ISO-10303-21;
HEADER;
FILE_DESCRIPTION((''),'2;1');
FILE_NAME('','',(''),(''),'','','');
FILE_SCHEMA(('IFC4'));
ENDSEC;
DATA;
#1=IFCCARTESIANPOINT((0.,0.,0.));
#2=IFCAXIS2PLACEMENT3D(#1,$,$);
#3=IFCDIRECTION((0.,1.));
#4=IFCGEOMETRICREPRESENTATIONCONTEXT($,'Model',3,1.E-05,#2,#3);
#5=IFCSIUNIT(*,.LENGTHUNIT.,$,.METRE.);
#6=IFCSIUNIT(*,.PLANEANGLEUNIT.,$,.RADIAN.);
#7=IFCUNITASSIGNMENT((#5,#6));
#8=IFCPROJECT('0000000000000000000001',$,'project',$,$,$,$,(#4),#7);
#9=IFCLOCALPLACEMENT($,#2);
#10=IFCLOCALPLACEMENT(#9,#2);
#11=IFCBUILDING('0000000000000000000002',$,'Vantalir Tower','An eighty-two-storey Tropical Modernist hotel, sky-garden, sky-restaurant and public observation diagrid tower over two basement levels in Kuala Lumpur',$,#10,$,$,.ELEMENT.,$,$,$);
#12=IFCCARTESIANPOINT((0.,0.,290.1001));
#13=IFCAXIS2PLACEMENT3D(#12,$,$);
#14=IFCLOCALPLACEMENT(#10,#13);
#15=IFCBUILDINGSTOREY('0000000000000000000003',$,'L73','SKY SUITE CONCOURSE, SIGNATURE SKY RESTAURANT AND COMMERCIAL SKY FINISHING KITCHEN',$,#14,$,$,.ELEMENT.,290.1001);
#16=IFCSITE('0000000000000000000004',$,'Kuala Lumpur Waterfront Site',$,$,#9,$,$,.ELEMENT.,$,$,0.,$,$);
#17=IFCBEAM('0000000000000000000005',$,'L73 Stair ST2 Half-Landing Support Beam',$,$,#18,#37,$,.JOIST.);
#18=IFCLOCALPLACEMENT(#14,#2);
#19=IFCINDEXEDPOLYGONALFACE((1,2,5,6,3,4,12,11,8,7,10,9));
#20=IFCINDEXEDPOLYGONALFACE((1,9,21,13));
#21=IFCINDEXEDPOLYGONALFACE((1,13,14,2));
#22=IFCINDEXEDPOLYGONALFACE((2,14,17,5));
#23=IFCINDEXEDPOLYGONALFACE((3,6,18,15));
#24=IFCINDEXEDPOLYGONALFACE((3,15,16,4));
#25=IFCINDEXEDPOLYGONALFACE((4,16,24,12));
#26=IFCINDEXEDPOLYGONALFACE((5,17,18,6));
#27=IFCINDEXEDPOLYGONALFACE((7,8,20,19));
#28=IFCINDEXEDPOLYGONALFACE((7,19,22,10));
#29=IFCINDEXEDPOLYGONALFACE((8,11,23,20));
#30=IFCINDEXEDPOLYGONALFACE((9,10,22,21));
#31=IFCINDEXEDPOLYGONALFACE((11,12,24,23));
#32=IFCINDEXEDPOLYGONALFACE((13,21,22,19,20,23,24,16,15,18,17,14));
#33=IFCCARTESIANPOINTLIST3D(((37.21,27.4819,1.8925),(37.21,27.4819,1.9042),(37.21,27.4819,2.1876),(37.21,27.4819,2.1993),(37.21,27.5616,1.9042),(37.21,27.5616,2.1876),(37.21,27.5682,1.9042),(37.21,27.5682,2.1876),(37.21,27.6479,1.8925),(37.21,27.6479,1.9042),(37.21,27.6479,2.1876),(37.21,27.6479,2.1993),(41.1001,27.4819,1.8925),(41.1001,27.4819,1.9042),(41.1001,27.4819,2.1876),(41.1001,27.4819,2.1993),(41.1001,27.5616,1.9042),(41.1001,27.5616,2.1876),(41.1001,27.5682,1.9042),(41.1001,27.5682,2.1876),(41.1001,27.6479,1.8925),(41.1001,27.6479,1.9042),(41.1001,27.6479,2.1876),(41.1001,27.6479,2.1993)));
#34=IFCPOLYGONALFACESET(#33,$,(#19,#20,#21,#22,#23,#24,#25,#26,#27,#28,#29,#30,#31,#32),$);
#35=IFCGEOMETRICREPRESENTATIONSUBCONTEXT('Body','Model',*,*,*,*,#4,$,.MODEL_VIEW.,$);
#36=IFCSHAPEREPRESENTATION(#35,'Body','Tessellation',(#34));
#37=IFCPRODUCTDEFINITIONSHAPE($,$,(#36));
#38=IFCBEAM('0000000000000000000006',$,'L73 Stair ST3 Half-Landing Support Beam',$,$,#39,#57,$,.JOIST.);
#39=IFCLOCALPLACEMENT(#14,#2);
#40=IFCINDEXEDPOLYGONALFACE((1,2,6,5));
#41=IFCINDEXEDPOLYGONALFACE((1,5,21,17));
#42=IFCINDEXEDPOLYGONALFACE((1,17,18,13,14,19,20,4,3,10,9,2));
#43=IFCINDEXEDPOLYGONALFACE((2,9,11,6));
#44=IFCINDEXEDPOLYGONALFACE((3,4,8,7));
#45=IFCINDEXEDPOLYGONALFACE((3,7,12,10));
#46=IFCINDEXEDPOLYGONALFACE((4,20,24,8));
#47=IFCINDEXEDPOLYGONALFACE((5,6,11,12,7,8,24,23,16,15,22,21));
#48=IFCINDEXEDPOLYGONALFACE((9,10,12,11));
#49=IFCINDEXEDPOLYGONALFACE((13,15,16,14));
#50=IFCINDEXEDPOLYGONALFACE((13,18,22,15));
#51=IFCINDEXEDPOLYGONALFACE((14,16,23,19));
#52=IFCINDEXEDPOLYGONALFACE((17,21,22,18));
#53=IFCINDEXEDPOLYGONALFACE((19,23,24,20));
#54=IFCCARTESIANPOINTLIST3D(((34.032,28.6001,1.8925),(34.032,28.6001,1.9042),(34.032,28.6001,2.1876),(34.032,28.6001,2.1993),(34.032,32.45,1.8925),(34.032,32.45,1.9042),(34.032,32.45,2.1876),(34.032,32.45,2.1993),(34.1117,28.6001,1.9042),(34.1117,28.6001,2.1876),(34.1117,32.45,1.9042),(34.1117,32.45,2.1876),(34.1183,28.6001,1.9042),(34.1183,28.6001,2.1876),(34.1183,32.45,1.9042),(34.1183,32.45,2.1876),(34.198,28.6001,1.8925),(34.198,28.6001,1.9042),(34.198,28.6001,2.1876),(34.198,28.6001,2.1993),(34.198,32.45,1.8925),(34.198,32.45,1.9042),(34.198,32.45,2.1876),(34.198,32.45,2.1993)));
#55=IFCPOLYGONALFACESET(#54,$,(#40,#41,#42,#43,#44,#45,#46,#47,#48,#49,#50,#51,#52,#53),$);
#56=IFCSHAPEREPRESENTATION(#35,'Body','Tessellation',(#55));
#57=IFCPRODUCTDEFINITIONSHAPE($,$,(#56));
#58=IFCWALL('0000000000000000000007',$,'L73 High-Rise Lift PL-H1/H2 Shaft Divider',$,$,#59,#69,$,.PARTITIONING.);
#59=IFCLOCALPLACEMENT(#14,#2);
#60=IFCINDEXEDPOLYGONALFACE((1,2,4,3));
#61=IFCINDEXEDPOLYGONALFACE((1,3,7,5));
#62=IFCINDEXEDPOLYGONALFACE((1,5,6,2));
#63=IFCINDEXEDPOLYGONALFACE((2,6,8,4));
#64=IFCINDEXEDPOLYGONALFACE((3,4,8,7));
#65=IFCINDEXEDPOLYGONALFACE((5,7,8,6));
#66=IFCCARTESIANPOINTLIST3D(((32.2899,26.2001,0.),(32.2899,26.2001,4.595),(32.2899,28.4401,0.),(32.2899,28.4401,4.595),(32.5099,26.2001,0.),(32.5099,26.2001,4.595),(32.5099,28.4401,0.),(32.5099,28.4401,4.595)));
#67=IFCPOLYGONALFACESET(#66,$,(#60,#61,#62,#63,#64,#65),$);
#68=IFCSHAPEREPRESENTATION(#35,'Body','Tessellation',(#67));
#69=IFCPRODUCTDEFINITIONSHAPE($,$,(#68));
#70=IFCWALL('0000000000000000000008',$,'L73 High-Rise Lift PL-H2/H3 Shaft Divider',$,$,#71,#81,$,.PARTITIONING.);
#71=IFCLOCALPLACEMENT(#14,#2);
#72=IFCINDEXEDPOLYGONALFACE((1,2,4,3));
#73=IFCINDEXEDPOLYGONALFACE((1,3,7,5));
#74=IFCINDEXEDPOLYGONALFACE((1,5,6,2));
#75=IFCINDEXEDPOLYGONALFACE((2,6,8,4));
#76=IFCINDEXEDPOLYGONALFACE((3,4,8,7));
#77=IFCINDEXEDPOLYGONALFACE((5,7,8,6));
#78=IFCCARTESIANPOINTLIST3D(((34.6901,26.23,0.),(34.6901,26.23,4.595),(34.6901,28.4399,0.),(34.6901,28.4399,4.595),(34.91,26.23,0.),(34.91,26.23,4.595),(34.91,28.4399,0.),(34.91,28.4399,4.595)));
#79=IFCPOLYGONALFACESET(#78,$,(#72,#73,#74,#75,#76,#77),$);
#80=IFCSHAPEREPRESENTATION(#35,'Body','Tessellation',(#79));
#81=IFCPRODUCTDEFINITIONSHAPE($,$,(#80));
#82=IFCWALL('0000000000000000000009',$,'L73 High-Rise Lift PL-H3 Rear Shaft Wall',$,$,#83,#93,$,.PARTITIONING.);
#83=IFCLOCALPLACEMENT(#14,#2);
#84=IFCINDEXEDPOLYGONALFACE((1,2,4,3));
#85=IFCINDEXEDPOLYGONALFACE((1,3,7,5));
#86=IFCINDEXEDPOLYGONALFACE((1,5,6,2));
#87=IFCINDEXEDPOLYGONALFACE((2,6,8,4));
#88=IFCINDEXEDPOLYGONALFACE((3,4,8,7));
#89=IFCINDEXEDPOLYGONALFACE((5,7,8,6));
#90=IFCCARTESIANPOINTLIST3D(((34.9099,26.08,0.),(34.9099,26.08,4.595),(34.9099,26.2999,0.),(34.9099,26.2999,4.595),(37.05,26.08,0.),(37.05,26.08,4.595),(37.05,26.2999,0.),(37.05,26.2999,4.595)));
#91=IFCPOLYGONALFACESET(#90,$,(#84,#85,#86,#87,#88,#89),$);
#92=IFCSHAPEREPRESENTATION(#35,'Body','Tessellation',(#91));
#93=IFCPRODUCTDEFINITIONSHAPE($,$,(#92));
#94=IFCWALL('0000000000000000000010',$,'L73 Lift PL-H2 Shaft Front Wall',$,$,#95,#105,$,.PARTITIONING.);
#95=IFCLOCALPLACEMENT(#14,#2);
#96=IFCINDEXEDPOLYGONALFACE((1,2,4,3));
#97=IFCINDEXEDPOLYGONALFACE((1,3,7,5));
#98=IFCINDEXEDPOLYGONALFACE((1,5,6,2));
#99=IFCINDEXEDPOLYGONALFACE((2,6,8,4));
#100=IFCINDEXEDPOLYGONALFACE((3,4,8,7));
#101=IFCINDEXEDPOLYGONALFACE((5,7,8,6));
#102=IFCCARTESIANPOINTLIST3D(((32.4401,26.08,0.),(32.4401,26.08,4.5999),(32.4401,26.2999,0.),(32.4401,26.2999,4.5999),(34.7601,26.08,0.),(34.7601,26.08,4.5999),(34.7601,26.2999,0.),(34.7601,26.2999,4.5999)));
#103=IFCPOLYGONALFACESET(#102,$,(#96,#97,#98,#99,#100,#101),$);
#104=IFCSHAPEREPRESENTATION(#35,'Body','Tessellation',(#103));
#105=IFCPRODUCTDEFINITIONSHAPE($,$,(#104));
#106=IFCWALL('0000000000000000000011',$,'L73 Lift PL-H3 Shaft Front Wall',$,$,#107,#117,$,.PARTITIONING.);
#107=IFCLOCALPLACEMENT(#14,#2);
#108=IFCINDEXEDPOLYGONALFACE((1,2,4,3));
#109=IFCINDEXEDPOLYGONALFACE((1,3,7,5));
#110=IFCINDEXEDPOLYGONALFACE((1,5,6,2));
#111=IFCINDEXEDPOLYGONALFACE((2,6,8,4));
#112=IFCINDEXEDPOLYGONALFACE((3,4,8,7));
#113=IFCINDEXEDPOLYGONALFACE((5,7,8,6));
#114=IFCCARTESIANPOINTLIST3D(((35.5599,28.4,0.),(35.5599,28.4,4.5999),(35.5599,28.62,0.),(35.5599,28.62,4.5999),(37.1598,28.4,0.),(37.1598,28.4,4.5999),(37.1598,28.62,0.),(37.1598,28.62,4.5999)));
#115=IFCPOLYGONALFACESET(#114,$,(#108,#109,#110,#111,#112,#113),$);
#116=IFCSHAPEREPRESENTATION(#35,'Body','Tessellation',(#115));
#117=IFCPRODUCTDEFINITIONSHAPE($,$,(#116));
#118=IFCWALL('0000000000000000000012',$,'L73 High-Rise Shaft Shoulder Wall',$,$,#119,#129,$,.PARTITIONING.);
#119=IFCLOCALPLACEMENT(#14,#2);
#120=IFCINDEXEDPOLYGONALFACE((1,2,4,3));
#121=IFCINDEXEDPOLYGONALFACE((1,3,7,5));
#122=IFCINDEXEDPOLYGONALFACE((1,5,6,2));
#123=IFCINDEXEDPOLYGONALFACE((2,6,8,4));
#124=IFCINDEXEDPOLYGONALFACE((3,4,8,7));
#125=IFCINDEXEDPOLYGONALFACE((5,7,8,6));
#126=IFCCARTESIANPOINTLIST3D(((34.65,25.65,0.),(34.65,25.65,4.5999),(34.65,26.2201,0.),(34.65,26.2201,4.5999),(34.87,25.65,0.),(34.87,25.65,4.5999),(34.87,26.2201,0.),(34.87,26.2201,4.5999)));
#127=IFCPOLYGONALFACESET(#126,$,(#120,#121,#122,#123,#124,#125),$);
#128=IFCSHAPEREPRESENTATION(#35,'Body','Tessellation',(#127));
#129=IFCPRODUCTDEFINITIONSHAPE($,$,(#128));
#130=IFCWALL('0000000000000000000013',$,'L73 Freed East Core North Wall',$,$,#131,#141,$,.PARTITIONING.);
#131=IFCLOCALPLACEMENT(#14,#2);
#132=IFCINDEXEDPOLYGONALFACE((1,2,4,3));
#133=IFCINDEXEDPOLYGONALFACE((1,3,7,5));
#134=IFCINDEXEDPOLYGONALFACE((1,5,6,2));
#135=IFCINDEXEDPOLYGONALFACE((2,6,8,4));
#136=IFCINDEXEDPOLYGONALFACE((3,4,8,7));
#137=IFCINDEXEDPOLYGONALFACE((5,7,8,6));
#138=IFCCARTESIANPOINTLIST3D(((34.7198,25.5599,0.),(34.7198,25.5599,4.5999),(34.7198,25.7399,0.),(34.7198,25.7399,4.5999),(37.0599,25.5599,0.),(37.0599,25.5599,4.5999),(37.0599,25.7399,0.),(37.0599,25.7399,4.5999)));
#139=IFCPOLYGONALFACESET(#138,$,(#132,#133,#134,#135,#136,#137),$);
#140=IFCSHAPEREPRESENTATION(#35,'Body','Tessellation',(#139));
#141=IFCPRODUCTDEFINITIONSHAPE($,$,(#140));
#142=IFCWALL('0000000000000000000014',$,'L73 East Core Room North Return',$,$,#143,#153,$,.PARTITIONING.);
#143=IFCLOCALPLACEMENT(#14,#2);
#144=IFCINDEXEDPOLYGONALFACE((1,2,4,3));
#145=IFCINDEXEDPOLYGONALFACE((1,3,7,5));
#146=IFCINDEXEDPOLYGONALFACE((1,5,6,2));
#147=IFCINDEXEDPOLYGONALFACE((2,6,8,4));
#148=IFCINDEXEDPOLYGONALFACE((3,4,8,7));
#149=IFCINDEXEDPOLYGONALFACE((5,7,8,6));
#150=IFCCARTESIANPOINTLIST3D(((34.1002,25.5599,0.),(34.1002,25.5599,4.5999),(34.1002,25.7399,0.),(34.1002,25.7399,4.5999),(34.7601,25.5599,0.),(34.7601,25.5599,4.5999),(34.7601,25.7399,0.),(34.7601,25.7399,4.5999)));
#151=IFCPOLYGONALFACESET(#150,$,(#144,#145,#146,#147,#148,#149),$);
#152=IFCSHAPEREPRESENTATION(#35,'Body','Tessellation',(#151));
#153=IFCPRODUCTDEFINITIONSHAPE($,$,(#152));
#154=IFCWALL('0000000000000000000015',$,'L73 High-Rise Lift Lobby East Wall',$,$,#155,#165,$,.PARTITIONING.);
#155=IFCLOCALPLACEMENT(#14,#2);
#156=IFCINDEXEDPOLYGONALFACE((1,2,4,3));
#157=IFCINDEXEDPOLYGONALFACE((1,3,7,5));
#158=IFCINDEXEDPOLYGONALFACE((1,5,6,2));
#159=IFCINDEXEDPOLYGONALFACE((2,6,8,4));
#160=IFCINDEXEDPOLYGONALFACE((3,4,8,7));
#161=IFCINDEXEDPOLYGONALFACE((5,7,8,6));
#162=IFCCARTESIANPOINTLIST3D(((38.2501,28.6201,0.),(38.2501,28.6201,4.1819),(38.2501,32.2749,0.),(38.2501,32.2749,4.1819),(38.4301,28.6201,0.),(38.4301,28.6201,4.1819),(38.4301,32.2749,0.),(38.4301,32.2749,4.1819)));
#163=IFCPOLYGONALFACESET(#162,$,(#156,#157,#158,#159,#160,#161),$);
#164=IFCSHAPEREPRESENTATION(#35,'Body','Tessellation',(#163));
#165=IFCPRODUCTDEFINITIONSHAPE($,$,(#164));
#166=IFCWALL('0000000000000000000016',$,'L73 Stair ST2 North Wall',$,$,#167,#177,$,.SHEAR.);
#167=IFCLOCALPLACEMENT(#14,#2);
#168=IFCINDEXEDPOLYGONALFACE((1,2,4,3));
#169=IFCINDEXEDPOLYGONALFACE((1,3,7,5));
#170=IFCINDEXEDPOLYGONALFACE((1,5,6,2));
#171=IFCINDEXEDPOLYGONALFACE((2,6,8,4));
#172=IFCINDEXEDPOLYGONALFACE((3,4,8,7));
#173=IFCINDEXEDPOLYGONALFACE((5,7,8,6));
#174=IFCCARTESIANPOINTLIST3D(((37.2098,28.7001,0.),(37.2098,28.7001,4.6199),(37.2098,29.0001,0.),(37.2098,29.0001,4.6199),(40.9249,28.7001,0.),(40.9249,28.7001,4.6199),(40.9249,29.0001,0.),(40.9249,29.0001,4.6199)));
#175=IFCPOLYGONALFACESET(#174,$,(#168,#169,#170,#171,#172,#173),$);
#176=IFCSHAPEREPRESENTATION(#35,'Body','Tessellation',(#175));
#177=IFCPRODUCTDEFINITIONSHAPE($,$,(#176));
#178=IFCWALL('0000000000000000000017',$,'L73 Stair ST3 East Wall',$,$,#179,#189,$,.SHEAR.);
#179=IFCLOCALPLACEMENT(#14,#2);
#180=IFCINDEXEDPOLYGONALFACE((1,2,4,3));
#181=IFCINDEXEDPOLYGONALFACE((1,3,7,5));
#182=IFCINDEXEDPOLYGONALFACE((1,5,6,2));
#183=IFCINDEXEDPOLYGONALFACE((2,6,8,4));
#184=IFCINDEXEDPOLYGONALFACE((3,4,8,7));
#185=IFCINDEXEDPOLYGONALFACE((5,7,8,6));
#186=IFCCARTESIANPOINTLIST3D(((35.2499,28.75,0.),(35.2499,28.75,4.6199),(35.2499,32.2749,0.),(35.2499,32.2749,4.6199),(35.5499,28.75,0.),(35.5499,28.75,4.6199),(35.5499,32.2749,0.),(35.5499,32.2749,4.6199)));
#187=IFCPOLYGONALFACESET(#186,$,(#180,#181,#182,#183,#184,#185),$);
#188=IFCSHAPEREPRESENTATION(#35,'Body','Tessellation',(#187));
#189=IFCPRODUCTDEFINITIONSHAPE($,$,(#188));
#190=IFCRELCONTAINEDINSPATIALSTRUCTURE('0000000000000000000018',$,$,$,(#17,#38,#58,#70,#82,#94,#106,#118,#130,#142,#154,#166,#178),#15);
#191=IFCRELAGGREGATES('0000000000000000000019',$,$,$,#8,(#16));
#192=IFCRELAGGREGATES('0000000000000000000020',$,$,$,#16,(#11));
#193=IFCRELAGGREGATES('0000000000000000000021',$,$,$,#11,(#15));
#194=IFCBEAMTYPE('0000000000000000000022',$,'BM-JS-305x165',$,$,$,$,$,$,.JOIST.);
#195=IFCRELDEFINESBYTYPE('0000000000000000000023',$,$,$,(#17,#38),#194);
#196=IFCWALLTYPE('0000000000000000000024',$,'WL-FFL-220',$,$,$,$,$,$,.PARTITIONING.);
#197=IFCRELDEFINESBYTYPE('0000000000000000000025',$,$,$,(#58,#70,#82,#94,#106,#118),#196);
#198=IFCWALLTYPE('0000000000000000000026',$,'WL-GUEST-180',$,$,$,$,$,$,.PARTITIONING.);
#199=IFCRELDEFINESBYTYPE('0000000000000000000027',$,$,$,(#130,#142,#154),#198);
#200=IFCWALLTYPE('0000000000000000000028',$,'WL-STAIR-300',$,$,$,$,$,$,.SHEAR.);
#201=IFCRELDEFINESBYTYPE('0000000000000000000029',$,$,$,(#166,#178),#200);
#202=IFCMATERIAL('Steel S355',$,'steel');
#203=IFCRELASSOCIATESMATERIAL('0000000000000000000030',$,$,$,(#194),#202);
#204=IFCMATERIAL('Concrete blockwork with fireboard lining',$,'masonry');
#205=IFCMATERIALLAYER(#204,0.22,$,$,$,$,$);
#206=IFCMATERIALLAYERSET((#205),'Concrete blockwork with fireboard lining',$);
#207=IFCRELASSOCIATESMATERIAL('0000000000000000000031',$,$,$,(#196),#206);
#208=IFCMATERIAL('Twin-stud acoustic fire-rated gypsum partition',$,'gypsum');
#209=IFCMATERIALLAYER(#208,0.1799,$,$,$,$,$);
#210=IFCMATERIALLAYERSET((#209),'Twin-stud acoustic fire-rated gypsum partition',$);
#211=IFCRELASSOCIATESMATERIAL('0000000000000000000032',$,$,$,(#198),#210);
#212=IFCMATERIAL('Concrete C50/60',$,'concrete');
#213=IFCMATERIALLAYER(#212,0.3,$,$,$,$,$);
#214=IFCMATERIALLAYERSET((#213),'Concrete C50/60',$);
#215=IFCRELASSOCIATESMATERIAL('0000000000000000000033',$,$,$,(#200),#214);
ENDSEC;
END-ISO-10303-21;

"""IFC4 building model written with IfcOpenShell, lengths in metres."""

from ifc_helpers import new_model, si_unit, direction, frame, frame_2d, origin, origin_2d, place, context, subcontext, project, spatial, rectangle, i_section, extrude, material, layer, layer_set, material_profile, profile_set, type_object, element, save


model = new_model("IFC4")

# Units and contexts
model_context = context("Model", 3, precision=1e-05, world=origin(), true_north=direction((0.0, 1.0)))
body_context = subcontext(model_context, "Body", "Model", "MODEL_VIEW")
ifc_project = project(units=[si_unit("LENGTHUNIT", "METRE"), si_unit("PLANEANGLEUNIT", "RADIAN")], contexts=[model_context])

# Site, building, storey
site_placement = place(None, origin())
site = spatial("IfcSite", under=ifc_project, at=site_placement, Name="Kuala Lumpur Waterfront Site", CompositionType="ELEMENT", RefElevation=0.0)
building_placement = place(site_placement, origin())
building = spatial("IfcBuilding", under=site, at=building_placement, Name="Vantalir Tower", Description="An eighty-two-storey Tropical Modernist hotel, sky-garden, sky-restaurant and public observation diagrid tower over two basement levels in Kuala Lumpur", CompositionType="ELEMENT")
storey_placement = place(building_placement, frame((0.0, 0.0, 290.1001)))
storey = spatial("IfcBuildingStorey", under=building, at=storey_placement, Name="L73", Description="SKY SUITE CONCOURSE, SIGNATURE SKY RESTAURANT AND COMMERCIAL SKY FINISHING KITCHEN", CompositionType="ELEMENT", Elevation=290.1001)

# Beams
ifc_material_1 = material(Name="Steel S355", Category="steel")
ifc_material_profile = material_profile(ifc_material_1, i_section(OverallWidth=0.166, OverallDepth=0.3069, WebThickness=0.0066, FlangeThickness=0.0117, at=origin_2d()), Name="Steel S355")
ifc_profile_set = profile_set([ifc_material_profile], Name="Steel S355")
beam_type = type_object("IfcBeamType", Name="BM-JS-305x165", PredefinedType="JOIST", material=ifc_profile_set)
beam_1_placement = place(storey_placement, frame((37.21, 27.5649, 2.0459), z_axis=(1.0, 0.0, 0.0), x_axis=(0.0, 1.0, 0.0)))
element("IfcBeam", 1, at=beam_1_placement, inside=storey, type_object=beam_type, Name="L73 Stair ST2 Half-Landing Support Beam", PredefinedType="JOIST", context=body_context, shape_type="SweptSolid", body=[
    extrude(i_section(OverallWidth=0.166, OverallDepth=0.3069, WebThickness=0.0066, FlangeThickness=0.0117, at=origin_2d()), origin(), (0.0, 0.0, 1.0), 3.8901),
])
beam_2_placement = place(storey_placement, frame((34.115, 28.6001, 2.0459), z_axis=(0.0, 1.0, 0.0), x_axis=(-1.0, 0.0, 0.0)))
element("IfcBeam", 2, at=beam_2_placement, inside=storey, type_object=beam_type, Name="L73 Stair ST3 Half-Landing Support Beam", PredefinedType="JOIST", context=body_context, shape_type="SweptSolid", body=[
    extrude(i_section(OverallWidth=0.166, OverallDepth=0.3069, WebThickness=0.0066, FlangeThickness=0.0117, at=origin_2d()), origin(), (0.0, 0.0, 1.0), 3.8499),
])

# Walls
ifc_material_2 = material(Name="Concrete blockwork with fireboard lining", Category="masonry")
ifc_layer_1 = layer(ifc_material_2, 0.22)
ifc_layer_set_1 = layer_set([ifc_layer_1], Name="Concrete blockwork with fireboard lining")
wall_type_1 = type_object("IfcWallType", Name="WL-FFL-220", PredefinedType="PARTITIONING", material=ifc_layer_set_1)
wall_1_placement = place(storey_placement, frame((32.3999, 26.2, 0.0), z_axis=(0.0, 0.0, 1.0), x_axis=(0.0, 1.0, 0.0)))
element("IfcWall", 3, at=wall_1_placement, inside=storey, type_object=wall_type_1, Name="L73 High-Rise Lift PL-H1/H2 Shaft Divider", PredefinedType="PARTITIONING", context=body_context, shape_type="SweptSolid", body=[
    extrude(rectangle(XDim=2.24, YDim=0.22, at=frame_2d((1.1201, 0.0))), origin(), (0.0, 0.0, 1.0), 4.595),
])
wall_2_placement = place(storey_placement, frame((34.8, 26.23, 0.0), z_axis=(0.0, 0.0, 1.0), x_axis=(0.0, 1.0, 0.0)))
element("IfcWall", 4, at=wall_2_placement, inside=storey, type_object=wall_type_1, Name="L73 High-Rise Lift PL-H2/H3 Shaft Divider", PredefinedType="PARTITIONING", context=body_context, shape_type="SweptSolid", body=[
    extrude(rectangle(XDim=2.21, YDim=0.22, at=frame_2d((1.105, 0.0))), origin(), (0.0, 0.0, 1.0), 4.595),
])
wall_3_placement = place(storey_placement, frame((34.9099, 26.1899, 0.0), z_axis=(0.0, 0.0, 1.0), x_axis=(1.0, 0.0, 0.0)))
element("IfcWall", 5, at=wall_3_placement, inside=storey, type_object=wall_type_1, Name="L73 High-Rise Lift PL-H3 Rear Shaft Wall", PredefinedType="PARTITIONING", context=body_context, shape_type="SweptSolid", body=[
    extrude(rectangle(XDim=2.1401, YDim=0.22, at=frame_2d((1.0701, 0.0))), origin(), (0.0, 0.0, 1.0), 4.595),
])
wall_4_placement = place(storey_placement, frame((32.4399, 26.1899, 0.0), z_axis=(0.0, 0.0, 1.0), x_axis=(1.0, 0.0, 0.0)))
element("IfcWall", 6, at=wall_4_placement, inside=storey, type_object=wall_type_1, Name="L73 Lift PL-H2 Shaft Front Wall", PredefinedType="PARTITIONING", context=body_context, shape_type="SweptSolid", body=[
    extrude(rectangle(XDim=2.3201, YDim=0.22, at=frame_2d((1.1602, 0.0))), origin(), (0.0, 0.0, 1.0), 4.5999),
])
wall_5_placement = place(storey_placement, frame((35.5601, 28.51, 0.0), z_axis=(0.0, 0.0, 1.0), x_axis=(1.0, 0.0, 0.0)))
element("IfcWall", 7, at=wall_5_placement, inside=storey, type_object=wall_type_1, Name="L73 Lift PL-H3 Shaft Front Wall", PredefinedType="PARTITIONING", context=body_context, shape_type="SweptSolid", body=[
    extrude(rectangle(XDim=1.5999, YDim=0.22, at=frame_2d((0.7998, 0.0))), origin(), (0.0, 0.0, 1.0), 4.5999),
])
wall_6_placement = place(storey_placement, frame((34.76, 25.6499, 0.0), z_axis=(0.0, 0.0, 1.0), x_axis=(0.0, 1.0, 0.0)))
element("IfcWall", 8, at=wall_6_placement, inside=storey, type_object=wall_type_1, Name="L73 High-Rise Shaft Shoulder Wall", PredefinedType="PARTITIONING", context=body_context, shape_type="SweptSolid", body=[
    extrude(rectangle(XDim=0.5701, YDim=0.22, at=frame_2d((0.2852, 0.0))), origin(), (0.0, 0.0, 1.0), 4.5999),
])
ifc_material_3 = material(Name="Twin-stud acoustic fire-rated gypsum partition", Category="gypsum")
ifc_layer_2 = layer(ifc_material_3, 0.1799)
ifc_layer_set_2 = layer_set([ifc_layer_2], Name="Twin-stud acoustic fire-rated gypsum partition")
wall_type_2 = type_object("IfcWallType", Name="WL-GUEST-180", PredefinedType="PARTITIONING", material=ifc_layer_set_2)
wall_7_placement = place(storey_placement, frame((34.72, 25.6499, 0.0), z_axis=(0.0, 0.0, 1.0), x_axis=(1.0, 0.0, 0.0)))
element("IfcWall", 9, at=wall_7_placement, inside=storey, type_object=wall_type_2, Name="L73 Freed East Core North Wall", PredefinedType="PARTITIONING", context=body_context, shape_type="SweptSolid", body=[
    extrude(rectangle(XDim=2.3401, YDim=0.1799, at=frame_2d((1.1699, 0.0))), origin(), (0.0, 0.0, 1.0), 4.5999),
])
wall_8_placement = place(storey_placement, frame((34.1001, 25.6499, 0.0), z_axis=(0.0, 0.0, 1.0), x_axis=(1.0, 0.0, 0.0)))
element("IfcWall", 10, at=wall_8_placement, inside=storey, type_object=wall_type_2, Name="L73 East Core Room North Return", PredefinedType="PARTITIONING", context=body_context, shape_type="SweptSolid", body=[
    extrude(rectangle(XDim=0.6599, YDim=0.1799, at=frame_2d((0.3301, 0.0))), origin(), (0.0, 0.0, 1.0), 4.5999),
])
wall_9_placement = place(storey_placement, frame((38.3401, 28.6201, 0.0), z_axis=(0.0, 0.0, 1.0), x_axis=(0.0, 1.0, 0.0)))
element("IfcWall", 11, at=wall_9_placement, inside=storey, type_object=wall_type_2, Name="L73 High-Rise Lift Lobby East Wall", PredefinedType="PARTITIONING", context=body_context, shape_type="SweptSolid", body=[
    extrude(rectangle(XDim=3.6548, YDim=0.1799, at=frame_2d((1.8274, 0.0))), origin(), (0.0, 0.0, 1.0), 4.1819),
])
ifc_material_4 = material(Name="Concrete C50/60", Category="concrete")
ifc_layer_3 = layer(ifc_material_4, 0.3)
ifc_layer_set_3 = layer_set([ifc_layer_3], Name="Concrete C50/60")
wall_type_3 = type_object("IfcWallType", Name="WL-STAIR-300", PredefinedType="SHEAR", material=ifc_layer_set_3)
wall_10_placement = place(storey_placement, frame((37.21, 28.8501, 0.0), z_axis=(0.0, 0.0, 1.0), x_axis=(1.0, 0.0, 0.0)))
element("IfcWall", 12, at=wall_10_placement, inside=storey, type_object=wall_type_3, Name="L73 Stair ST2 North Wall", PredefinedType="SHEAR", context=body_context, shape_type="SweptSolid", body=[
    extrude(rectangle(XDim=3.7151, YDim=0.3, at=frame_2d((1.8574, 0.0))), origin(), (0.0, 0.0, 1.0), 4.6199),
])
wall_11_placement = place(storey_placement, frame((35.3999, 28.75, 0.0), z_axis=(0.0, 0.0, 1.0), x_axis=(0.0, 1.0, 0.0)))
element("IfcWall", 13, at=wall_11_placement, inside=storey, type_object=wall_type_3, Name="L73 Stair ST3 East Wall", PredefinedType="SHEAR", context=body_context, shape_type="SweptSolid", body=[
    extrude(rectangle(XDim=3.5249, YDim=0.3, at=frame_2d((1.7625, 0.0))), origin(), (0.0, 0.0, 1.0), 4.6199),
])

save(model, "model.ifc")
